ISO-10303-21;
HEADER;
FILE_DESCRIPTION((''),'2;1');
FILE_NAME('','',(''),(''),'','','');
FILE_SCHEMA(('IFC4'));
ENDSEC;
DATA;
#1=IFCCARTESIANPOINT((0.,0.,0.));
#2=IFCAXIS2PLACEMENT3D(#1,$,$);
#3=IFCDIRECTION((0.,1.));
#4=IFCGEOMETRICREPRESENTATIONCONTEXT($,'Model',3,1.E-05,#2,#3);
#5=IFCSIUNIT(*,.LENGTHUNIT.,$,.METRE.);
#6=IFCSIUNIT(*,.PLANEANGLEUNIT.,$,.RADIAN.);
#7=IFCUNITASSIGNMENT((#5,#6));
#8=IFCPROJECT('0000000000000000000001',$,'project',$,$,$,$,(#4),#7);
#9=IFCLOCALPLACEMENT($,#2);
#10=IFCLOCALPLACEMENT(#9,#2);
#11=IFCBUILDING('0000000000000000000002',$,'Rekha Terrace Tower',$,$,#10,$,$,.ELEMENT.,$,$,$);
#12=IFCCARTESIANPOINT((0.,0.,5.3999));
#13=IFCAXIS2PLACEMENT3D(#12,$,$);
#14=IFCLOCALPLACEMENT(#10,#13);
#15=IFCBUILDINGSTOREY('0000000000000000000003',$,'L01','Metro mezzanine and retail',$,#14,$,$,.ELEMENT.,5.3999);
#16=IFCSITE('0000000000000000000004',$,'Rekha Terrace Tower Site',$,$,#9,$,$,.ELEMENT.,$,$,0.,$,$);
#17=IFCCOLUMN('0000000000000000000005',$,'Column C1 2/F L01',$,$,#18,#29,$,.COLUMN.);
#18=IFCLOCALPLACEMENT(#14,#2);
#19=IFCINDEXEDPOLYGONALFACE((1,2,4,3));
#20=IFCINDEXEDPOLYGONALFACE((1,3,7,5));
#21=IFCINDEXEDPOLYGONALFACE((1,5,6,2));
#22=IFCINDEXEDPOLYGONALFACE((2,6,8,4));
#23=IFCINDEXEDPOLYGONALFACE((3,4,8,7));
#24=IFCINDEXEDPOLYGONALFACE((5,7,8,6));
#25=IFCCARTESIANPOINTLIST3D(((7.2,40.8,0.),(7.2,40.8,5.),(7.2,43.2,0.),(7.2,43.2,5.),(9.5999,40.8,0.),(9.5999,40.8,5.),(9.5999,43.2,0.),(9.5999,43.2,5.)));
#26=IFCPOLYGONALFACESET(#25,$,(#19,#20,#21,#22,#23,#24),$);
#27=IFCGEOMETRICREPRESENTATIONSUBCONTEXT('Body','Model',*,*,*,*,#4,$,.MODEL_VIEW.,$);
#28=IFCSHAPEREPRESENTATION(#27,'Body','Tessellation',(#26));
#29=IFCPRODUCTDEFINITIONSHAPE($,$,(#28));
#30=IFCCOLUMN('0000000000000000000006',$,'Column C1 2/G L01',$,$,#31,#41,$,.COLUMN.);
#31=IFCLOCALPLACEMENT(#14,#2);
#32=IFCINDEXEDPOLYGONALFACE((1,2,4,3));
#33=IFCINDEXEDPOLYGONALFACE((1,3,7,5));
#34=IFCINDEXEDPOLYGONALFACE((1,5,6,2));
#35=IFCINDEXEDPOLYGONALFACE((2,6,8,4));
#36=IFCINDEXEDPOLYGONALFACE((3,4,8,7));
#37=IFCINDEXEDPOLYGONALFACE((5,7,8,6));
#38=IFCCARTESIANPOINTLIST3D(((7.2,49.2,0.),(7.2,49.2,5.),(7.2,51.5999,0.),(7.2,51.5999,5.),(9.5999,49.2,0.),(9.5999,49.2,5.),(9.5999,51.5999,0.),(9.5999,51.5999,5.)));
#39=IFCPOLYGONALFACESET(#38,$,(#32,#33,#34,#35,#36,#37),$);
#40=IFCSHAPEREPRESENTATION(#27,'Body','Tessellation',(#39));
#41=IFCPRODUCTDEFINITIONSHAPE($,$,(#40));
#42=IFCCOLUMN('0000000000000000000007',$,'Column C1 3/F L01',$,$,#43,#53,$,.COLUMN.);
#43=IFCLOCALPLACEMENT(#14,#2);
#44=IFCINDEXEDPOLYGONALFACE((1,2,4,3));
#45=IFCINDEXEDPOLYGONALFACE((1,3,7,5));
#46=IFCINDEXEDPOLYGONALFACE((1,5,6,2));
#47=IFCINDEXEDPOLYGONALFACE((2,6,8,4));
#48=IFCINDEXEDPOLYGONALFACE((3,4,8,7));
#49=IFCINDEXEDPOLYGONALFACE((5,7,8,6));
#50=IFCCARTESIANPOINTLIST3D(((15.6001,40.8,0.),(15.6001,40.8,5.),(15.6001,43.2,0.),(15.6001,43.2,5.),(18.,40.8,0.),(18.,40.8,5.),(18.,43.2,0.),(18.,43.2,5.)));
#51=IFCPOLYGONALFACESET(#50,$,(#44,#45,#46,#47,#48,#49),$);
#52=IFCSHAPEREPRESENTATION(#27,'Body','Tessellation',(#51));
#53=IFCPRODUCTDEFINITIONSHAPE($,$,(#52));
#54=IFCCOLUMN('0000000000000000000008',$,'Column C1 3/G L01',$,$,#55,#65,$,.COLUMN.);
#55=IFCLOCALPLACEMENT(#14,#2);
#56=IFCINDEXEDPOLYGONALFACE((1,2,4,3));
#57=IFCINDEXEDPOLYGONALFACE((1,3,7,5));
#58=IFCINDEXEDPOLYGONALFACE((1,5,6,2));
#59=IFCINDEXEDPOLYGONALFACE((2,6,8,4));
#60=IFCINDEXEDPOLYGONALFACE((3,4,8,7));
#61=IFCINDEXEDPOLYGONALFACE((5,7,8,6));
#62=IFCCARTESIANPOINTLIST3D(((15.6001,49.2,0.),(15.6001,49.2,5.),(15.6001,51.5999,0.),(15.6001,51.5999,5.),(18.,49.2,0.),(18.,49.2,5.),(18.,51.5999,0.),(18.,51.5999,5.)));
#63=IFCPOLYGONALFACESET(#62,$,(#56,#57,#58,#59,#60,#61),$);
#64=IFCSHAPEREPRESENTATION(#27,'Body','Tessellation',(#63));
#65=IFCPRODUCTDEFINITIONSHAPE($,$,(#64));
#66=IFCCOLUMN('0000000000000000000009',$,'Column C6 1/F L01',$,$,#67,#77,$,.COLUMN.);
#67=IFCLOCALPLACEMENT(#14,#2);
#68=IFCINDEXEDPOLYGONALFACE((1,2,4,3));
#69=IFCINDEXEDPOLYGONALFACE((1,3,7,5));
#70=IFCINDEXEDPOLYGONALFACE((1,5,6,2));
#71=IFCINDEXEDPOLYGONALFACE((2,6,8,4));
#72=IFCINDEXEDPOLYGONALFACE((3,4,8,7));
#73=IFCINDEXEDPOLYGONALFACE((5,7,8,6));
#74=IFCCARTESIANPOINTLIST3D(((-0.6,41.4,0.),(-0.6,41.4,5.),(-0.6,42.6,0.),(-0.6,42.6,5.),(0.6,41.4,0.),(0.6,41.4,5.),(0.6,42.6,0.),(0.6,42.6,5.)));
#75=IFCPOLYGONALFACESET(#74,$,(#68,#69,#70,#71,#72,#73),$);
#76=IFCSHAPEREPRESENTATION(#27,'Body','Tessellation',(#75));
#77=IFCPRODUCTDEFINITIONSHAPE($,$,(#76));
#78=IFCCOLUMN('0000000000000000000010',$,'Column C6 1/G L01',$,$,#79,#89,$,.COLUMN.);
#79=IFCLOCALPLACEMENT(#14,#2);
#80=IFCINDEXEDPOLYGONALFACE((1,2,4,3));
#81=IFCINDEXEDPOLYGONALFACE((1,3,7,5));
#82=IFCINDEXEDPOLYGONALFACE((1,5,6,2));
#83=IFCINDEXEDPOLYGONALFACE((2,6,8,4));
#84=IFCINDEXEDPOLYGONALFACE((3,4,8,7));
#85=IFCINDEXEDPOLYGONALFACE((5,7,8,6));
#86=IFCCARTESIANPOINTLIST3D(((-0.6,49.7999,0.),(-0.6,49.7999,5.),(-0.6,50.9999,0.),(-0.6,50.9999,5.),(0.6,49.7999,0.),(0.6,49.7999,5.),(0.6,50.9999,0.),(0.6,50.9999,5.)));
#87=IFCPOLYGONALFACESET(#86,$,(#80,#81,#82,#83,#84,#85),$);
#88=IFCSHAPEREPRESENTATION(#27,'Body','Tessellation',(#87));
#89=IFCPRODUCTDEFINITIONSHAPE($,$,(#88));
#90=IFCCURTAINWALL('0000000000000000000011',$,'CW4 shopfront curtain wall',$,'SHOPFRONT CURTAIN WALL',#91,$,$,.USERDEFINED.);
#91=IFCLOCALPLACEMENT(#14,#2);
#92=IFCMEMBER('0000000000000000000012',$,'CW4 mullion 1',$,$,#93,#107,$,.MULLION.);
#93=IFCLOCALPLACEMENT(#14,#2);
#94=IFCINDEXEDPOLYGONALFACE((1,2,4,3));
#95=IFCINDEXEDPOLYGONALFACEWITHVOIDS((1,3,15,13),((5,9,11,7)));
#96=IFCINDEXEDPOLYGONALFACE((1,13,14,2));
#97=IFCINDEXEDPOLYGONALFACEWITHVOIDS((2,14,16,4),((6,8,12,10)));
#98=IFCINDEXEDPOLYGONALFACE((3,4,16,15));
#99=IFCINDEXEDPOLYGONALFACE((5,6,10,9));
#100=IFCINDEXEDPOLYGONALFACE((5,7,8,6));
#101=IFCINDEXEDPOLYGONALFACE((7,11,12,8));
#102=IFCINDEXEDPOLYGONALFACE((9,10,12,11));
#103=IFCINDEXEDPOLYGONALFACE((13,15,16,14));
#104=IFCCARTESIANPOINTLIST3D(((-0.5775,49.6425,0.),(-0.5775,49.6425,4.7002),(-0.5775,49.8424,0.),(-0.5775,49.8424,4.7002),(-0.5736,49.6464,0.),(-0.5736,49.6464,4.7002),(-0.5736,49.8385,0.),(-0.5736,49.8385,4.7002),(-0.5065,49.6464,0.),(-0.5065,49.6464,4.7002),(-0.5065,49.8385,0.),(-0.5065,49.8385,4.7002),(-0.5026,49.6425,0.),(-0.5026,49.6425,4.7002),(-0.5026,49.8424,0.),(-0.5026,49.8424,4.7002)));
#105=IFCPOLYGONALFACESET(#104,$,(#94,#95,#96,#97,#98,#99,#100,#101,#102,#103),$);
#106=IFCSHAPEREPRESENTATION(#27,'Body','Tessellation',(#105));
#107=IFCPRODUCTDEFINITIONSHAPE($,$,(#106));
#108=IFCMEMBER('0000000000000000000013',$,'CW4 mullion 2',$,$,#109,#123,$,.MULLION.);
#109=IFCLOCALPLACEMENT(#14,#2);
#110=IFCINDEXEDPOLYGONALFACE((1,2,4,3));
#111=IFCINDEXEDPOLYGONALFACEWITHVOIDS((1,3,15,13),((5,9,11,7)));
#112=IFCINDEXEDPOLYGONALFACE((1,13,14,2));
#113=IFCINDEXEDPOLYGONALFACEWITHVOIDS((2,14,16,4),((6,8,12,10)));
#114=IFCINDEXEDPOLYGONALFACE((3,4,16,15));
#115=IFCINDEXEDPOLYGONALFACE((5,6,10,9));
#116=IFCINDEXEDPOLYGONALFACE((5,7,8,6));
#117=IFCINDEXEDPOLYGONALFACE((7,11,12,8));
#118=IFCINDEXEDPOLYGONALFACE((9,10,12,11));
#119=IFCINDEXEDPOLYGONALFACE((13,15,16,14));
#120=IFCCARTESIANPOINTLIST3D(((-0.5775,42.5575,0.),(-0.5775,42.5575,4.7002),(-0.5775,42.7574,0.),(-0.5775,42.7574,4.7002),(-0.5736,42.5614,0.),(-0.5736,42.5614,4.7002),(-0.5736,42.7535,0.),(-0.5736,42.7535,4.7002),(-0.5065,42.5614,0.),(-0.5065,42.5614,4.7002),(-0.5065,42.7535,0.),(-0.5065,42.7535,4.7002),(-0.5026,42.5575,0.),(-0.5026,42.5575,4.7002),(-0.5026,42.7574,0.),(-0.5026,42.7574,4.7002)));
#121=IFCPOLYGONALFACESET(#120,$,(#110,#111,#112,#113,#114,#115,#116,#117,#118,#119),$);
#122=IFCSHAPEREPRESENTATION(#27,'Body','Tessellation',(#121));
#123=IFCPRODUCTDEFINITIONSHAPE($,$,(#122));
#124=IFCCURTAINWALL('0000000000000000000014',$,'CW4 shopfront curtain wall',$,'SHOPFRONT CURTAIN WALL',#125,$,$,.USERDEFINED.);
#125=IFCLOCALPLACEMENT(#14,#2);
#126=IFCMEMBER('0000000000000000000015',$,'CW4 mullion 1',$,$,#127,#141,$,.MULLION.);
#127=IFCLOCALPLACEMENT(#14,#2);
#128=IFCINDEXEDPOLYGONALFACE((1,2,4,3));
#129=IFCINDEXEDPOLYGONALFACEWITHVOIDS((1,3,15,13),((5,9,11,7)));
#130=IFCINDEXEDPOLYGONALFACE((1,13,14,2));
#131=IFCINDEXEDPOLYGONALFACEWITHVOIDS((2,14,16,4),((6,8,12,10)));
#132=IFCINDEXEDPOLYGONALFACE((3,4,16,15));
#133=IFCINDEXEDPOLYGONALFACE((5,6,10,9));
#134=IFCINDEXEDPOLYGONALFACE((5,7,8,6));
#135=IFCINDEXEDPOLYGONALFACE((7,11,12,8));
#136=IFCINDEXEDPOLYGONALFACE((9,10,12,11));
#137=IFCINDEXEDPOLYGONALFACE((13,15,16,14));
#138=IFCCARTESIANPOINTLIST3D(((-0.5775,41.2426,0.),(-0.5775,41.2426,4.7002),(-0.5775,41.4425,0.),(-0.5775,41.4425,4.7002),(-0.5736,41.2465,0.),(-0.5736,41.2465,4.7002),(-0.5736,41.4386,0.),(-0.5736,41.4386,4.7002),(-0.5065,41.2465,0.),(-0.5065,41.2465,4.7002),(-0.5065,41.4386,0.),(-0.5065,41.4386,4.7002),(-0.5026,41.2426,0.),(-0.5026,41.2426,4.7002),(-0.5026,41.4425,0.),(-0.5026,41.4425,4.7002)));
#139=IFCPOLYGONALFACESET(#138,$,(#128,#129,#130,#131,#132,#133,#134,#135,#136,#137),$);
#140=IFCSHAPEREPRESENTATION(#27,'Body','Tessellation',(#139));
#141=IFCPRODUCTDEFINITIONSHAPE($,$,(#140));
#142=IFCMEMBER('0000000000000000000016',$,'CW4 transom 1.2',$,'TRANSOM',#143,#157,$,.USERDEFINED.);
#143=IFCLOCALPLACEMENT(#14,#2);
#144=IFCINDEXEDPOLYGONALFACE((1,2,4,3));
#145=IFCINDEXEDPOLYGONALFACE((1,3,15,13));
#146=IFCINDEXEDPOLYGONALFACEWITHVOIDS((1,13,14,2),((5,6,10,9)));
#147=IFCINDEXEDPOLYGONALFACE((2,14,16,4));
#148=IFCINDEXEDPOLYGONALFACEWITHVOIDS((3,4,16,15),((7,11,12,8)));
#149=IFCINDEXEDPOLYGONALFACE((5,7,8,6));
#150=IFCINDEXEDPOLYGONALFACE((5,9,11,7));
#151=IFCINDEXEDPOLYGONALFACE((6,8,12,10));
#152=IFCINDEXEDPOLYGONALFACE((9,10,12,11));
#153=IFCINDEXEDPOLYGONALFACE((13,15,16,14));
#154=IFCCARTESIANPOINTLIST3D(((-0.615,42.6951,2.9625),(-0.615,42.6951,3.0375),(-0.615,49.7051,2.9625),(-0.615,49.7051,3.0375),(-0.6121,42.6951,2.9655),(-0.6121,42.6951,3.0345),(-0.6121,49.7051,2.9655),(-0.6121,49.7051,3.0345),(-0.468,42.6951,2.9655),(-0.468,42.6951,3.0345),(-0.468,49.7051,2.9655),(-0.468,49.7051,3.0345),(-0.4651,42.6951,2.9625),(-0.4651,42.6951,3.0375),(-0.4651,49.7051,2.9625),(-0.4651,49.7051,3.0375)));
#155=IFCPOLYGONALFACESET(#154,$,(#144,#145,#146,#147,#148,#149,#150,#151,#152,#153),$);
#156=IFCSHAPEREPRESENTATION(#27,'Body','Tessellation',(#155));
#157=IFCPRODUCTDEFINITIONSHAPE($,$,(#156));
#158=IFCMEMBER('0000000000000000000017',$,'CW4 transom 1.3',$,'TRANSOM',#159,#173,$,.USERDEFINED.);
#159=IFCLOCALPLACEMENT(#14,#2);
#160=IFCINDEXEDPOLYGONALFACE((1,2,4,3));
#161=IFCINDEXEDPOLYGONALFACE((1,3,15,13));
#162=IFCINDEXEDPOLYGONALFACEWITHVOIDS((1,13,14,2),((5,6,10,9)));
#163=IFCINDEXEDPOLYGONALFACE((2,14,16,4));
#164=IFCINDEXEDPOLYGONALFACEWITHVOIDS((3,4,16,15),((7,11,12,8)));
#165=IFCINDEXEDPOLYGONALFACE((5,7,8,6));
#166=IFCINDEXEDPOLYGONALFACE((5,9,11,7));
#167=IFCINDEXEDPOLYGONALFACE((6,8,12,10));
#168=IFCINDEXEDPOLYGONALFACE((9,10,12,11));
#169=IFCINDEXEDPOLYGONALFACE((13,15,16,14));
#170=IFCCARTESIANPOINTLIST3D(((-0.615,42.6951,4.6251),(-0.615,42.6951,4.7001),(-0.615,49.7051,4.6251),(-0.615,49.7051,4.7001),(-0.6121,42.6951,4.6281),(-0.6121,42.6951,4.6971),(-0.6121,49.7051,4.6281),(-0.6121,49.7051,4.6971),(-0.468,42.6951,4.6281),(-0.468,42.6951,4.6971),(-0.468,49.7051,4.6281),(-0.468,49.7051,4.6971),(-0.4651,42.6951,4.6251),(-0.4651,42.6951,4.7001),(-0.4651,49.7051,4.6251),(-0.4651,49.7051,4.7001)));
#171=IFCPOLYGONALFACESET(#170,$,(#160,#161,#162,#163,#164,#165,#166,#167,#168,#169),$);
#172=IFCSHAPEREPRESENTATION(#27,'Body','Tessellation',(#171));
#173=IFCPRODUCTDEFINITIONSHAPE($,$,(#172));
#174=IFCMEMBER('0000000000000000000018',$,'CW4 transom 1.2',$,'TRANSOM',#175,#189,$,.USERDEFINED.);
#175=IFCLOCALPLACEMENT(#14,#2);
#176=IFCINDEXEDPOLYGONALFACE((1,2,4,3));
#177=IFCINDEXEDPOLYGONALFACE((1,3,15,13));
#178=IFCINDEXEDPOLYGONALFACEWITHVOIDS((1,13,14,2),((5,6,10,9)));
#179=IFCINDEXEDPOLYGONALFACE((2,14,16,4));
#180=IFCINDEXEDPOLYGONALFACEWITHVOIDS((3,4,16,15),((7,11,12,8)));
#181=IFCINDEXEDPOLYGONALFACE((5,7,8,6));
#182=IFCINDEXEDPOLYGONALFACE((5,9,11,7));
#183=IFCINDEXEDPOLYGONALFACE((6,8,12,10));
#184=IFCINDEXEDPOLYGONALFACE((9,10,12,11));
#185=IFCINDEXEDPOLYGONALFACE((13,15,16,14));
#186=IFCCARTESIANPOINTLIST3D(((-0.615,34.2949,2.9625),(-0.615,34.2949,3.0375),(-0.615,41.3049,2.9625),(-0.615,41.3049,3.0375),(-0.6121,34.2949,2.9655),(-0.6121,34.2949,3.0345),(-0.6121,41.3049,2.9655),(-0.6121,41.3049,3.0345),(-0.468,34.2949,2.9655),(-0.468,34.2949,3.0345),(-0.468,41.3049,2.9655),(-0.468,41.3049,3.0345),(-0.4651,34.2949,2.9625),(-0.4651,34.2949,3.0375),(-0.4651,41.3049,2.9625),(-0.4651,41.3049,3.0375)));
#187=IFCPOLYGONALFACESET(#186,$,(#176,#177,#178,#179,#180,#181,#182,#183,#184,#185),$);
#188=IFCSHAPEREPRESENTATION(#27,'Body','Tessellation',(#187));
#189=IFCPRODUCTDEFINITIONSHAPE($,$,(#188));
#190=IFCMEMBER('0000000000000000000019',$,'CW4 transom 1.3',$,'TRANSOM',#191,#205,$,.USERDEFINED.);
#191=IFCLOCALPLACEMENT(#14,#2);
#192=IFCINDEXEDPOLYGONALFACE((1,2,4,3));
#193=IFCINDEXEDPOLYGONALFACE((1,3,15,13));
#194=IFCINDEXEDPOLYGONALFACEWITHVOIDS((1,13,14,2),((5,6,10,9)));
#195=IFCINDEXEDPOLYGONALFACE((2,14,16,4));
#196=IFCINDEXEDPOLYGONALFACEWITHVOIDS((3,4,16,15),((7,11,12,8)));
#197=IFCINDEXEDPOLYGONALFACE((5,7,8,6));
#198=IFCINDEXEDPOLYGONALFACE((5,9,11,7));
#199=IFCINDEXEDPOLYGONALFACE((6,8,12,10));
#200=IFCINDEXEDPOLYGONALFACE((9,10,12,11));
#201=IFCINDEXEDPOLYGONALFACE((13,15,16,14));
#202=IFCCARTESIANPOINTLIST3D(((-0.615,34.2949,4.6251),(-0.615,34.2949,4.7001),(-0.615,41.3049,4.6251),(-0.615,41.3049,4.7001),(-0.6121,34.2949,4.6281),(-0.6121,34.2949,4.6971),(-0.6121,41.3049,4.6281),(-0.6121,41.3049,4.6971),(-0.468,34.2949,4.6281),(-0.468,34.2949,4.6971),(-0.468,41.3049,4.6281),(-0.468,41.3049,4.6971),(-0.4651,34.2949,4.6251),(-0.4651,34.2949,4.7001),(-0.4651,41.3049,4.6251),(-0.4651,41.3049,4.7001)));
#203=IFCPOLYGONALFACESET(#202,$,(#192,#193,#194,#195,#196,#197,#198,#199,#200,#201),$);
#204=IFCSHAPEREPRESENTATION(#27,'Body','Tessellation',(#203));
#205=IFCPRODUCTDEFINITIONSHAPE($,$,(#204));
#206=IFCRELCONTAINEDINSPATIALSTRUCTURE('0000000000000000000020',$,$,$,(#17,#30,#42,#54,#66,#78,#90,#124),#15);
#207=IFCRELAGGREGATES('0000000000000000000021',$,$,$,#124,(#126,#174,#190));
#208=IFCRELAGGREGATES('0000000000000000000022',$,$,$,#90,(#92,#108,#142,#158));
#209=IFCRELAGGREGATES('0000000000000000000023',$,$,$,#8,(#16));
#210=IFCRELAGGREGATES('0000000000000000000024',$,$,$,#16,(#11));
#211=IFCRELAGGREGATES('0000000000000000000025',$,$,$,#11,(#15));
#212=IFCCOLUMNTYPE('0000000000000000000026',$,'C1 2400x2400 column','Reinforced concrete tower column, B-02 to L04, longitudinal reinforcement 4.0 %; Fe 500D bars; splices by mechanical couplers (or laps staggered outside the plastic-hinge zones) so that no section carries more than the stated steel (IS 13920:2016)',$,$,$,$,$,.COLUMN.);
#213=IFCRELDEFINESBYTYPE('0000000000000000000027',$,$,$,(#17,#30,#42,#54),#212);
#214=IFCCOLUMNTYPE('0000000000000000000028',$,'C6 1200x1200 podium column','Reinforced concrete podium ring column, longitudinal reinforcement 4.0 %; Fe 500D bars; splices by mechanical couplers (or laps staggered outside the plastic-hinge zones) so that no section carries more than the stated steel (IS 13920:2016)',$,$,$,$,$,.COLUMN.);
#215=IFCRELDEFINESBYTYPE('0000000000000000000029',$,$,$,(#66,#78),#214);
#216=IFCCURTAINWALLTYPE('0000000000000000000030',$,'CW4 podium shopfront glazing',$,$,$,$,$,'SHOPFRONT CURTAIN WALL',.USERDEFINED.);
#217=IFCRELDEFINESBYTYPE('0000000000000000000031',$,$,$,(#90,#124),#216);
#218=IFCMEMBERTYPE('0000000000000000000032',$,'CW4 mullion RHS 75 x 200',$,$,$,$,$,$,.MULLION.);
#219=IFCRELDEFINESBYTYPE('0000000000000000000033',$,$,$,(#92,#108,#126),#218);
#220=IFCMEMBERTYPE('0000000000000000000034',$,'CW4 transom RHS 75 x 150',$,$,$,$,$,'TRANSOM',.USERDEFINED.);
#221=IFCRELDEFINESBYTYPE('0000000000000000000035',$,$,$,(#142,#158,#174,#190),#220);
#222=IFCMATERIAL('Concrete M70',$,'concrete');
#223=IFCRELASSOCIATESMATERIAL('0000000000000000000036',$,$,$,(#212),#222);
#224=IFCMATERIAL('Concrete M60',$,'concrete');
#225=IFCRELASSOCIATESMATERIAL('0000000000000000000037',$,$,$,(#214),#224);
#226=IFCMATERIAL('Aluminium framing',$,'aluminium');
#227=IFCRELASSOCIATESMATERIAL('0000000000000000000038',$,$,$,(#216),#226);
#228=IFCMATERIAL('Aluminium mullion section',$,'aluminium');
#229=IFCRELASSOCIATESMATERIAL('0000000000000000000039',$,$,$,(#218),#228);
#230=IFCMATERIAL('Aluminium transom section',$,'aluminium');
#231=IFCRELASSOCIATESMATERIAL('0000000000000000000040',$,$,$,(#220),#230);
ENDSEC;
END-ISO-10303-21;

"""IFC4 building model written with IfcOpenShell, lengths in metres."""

from ifc_helpers import new_model, si_unit, direction, frame, origin, origin_2d, place, context, subcontext, project, spatial, rectangle, hollow_rectangle, extrude, material, material_profile, profile_set, type_object, element, aggregate, save


model = new_model("IFC4")

# Units and contexts
model_context = context("Model", 3, precision=1e-05, world=origin(), true_north=direction((0.0, 1.0)))
body_context = subcontext(model_context, "Body", "Model", "MODEL_VIEW")
ifc_project = project(units=[si_unit("LENGTHUNIT", "METRE"), si_unit("PLANEANGLEUNIT", "RADIAN")], contexts=[model_context])

# Site, building, storey
site_placement = place(None, origin())
site = spatial("IfcSite", under=ifc_project, at=site_placement, Name="Rekha Terrace Tower Site", CompositionType="ELEMENT", RefElevation=0.0)
building_placement = place(site_placement, origin())
building = spatial("IfcBuilding", under=site, at=building_placement, Name="Rekha Terrace Tower", CompositionType="ELEMENT")
storey_placement = place(building_placement, frame((0.0, 0.0, 5.3999)))
storey = spatial("IfcBuildingStorey", under=building, at=storey_placement, Name="L01", Description="Metro mezzanine and retail", CompositionType="ELEMENT", Elevation=5.3999)

# Columns
ifc_material_1 = material(Name="Concrete M70", Category="concrete")
ifc_material_profile_1 = material_profile(ifc_material_1, rectangle(XDim=2.3999, YDim=2.3999, at=origin_2d()), Name="RC 2400x2400")
ifc_profile_set_1 = profile_set([ifc_material_profile_1], Name="Concrete M70")
column_type_1 = type_object("IfcColumnType", Name="C1 2400x2400 column", Description="Reinforced concrete tower column, B-02 to L04, longitudinal reinforcement 4.0 %; Fe 500D bars; splices by mechanical couplers (or laps staggered outside the plastic-hinge zones) so that no section carries more than the stated steel (IS 13920:2016)", PredefinedType="COLUMN", material=ifc_profile_set_1)
for number, where, z_axis, x_axis, name in (
    (1, (8.3999, 42.0, 0.0), (0.0, 0.0, 1.0), (1.0, 0.0, 0.0), "Column C1 2/F L01"),
    (2, (8.3999, 50.3999, 0.0), (0.0, 0.0, 1.0), (1.0, 0.0, 0.0), "Column C1 2/G L01"),
    (3, (16.8, 42.0, 0.0), (0.0, 0.0, 1.0), (1.0, 0.0, 0.0), "Column C1 3/F L01"),
    (4, (16.8, 50.3999, 0.0), (0.0, 0.0, 1.0), (1.0, 0.0, 0.0), "Column C1 3/G L01"),
):
    element("IfcColumn", number, at=place(storey_placement, frame(where, z_axis=z_axis, x_axis=x_axis)), inside=storey, type_object=column_type_1, Name=name, PredefinedType="COLUMN", context=body_context, shape_type="SweptSolid", body=[
        extrude(rectangle(XDim=2.3999, YDim=2.3999, at=origin_2d()), origin(), (0.0, 0.0, 1.0), 5.0),
    ])
ifc_material_2 = material(Name="Concrete M60", Category="concrete")
ifc_material_profile_2 = material_profile(ifc_material_2, rectangle(XDim=1.2, YDim=1.2, at=origin_2d()), Name="RC 1200x1200")
ifc_profile_set_2 = profile_set([ifc_material_profile_2], Name="Concrete M60")
column_type_2 = type_object("IfcColumnType", Name="C6 1200x1200 podium column", Description="Reinforced concrete podium ring column, longitudinal reinforcement 4.0 %; Fe 500D bars; splices by mechanical couplers (or laps staggered outside the plastic-hinge zones) so that no section carries more than the stated steel (IS 13920:2016)", PredefinedType="COLUMN", material=ifc_profile_set_2)
for number, where, z_axis, x_axis, name in (
    (5, (0.0, 42.0, 0.0), (0.0, 0.0, 1.0), (1.0, 0.0, 0.0), "Column C6 1/F L01"),
    (6, (0.0, 50.3999, 0.0), (0.0, 0.0, 1.0), (1.0, 0.0, 0.0), "Column C6 1/G L01"),
):
    element("IfcColumn", number, at=place(storey_placement, frame(where, z_axis=z_axis, x_axis=x_axis)), inside=storey, type_object=column_type_2, Name=name, PredefinedType="COLUMN", context=body_context, shape_type="SweptSolid", body=[
        extrude(rectangle(XDim=1.2, YDim=1.2, at=origin_2d()), origin(), (0.0, 0.0, 1.0), 5.0),
    ])

# Curtain wall, members
ifc_material_3 = material(Name="Aluminium framing", Category="aluminium")
curtain_wall_type = type_object("IfcCurtainWallType", Name="CW4 podium shopfront glazing", ElementType="SHOPFRONT CURTAIN WALL", PredefinedType="USERDEFINED", material=ifc_material_3)
curtain_wall_1_placement = place(storey_placement, origin())
curtain_wall_1 = element("IfcCurtainWall", 7, at=curtain_wall_1_placement, inside=storey, type_object=curtain_wall_type, Name="CW4 shopfront curtain wall", ObjectType="SHOPFRONT CURTAIN WALL", PredefinedType="USERDEFINED")
ifc_material_4 = material(Name="Aluminium mullion section", Category="aluminium")
ifc_material_profile_3 = material_profile(ifc_material_4, hollow_rectangle(XDim=0.075, YDim=0.2, WallThickness=0.0039, at=origin_2d()), Name="AL RHS 75x200")
ifc_profile_set_3 = profile_set([ifc_material_profile_3], Name="Aluminium mullion section")
member_type_1 = type_object("IfcMemberType", Name="CW4 mullion RHS 75 x 200", PredefinedType="MULLION", material=ifc_profile_set_3)
member_1_placement = place(storey_placement, frame((-0.54, 49.7424, 0.0), z_axis=(0.0, 0.0, 1.0), x_axis=(1.0, 0.0, 0.0)))
member_1 = element("IfcMember", 8, at=member_1_placement, type_object=member_type_1, Name="CW4 mullion 1", PredefinedType="MULLION", context=body_context, shape_type="SweptSolid", body=[
    extrude(hollow_rectangle(XDim=0.075, YDim=0.2, WallThickness=0.0039, at=origin_2d()), origin(), (0.0, 0.0, 1.0), 4.7002),
])
member_2_placement = place(storey_placement, frame((-0.54, 42.6575, 0.0), z_axis=(0.0, 0.0, 1.0), x_axis=(1.0, 0.0, 0.0)))
member_2 = element("IfcMember", 9, at=member_2_placement, type_object=member_type_1, Name="CW4 mullion 2", PredefinedType="MULLION", context=body_context, shape_type="SweptSolid", body=[
    extrude(hollow_rectangle(XDim=0.075, YDim=0.2, WallThickness=0.0039, at=origin_2d()), origin(), (0.0, 0.0, 1.0), 4.7002),
])

# Curtain wall, member
curtain_wall_2_placement = place(storey_placement, origin())
curtain_wall_2 = element("IfcCurtainWall", 10, at=curtain_wall_2_placement, inside=storey, type_object=curtain_wall_type, Name="CW4 shopfront curtain wall", ObjectType="SHOPFRONT CURTAIN WALL", PredefinedType="USERDEFINED")
member_3_placement = place(storey_placement, frame((-0.54, 41.3425, 0.0), z_axis=(0.0, 0.0, 1.0), x_axis=(1.0, 0.0, 0.0)))
member_3 = element("IfcMember", 11, at=member_3_placement, type_object=member_type_1, Name="CW4 mullion 1", PredefinedType="MULLION", context=body_context, shape_type="SweptSolid", body=[
    extrude(hollow_rectangle(XDim=0.075, YDim=0.2, WallThickness=0.0039, at=origin_2d()), origin(), (0.0, 0.0, 1.0), 4.7002),
])

# Members
ifc_material_5 = material(Name="Aluminium transom section", Category="aluminium")
ifc_material_profile_4 = material_profile(ifc_material_5, hollow_rectangle(XDim=0.1499, YDim=0.075, WallThickness=0.0029, at=origin_2d()), Name="AL RHS 150x75")
ifc_profile_set_4 = profile_set([ifc_material_profile_4], Name="Aluminium transom section")
member_type_2 = type_object("IfcMemberType", Name="CW4 transom RHS 75 x 150", ElementType="TRANSOM", PredefinedType="USERDEFINED", material=ifc_profile_set_4)
member_4_placement = place(storey_placement, frame((-0.54, 49.7051, 3.0), z_axis=(0.0, -1.0, 0.0), x_axis=(1.0, 0.0, 0.0)))
member_4 = element("IfcMember", 12, at=member_4_placement, type_object=member_type_2, Name="CW4 transom 1.2", ObjectType="TRANSOM", PredefinedType="USERDEFINED", context=body_context, shape_type="SweptSolid", body=[
    extrude(hollow_rectangle(XDim=0.1499, YDim=0.075, WallThickness=0.0029, at=origin_2d()), origin(), (0.0, 0.0, 1.0), 7.01),
])
member_5_placement = place(storey_placement, frame((-0.54, 49.7051, 4.6626), z_axis=(0.0, -1.0, 0.0), x_axis=(1.0, 0.0, 0.0)))
member_5 = element("IfcMember", 13, at=member_5_placement, type_object=member_type_2, Name="CW4 transom 1.3", ObjectType="TRANSOM", PredefinedType="USERDEFINED", context=body_context, shape_type="SweptSolid", body=[
    extrude(hollow_rectangle(XDim=0.1499, YDim=0.075, WallThickness=0.0029, at=origin_2d()), origin(), (0.0, 0.0, 1.0), 7.01),
])
member_6_placement = place(storey_placement, frame((-0.54, 41.3049, 3.0), z_axis=(0.0, -1.0, 0.0), x_axis=(1.0, 0.0, 0.0)))
member_6 = element("IfcMember", 14, at=member_6_placement, type_object=member_type_2, Name="CW4 transom 1.2", ObjectType="TRANSOM", PredefinedType="USERDEFINED", context=body_context, shape_type="SweptSolid", body=[
    extrude(hollow_rectangle(XDim=0.1499, YDim=0.075, WallThickness=0.0029, at=origin_2d()), origin(), (0.0, 0.0, 1.0), 7.01),
])
member_7_placement = place(storey_placement, frame((-0.54, 41.3049, 4.6626), z_axis=(0.0, -1.0, 0.0), x_axis=(1.0, 0.0, 0.0)))
member_7 = element("IfcMember", 15, at=member_7_placement, type_object=member_type_2, Name="CW4 transom 1.3", ObjectType="TRANSOM", PredefinedType="USERDEFINED", context=body_context, shape_type="SweptSolid", body=[
    extrude(hollow_rectangle(XDim=0.1499, YDim=0.075, WallThickness=0.0029, at=origin_2d()), origin(), (0.0, 0.0, 1.0), 7.01),
])
aggregate(curtain_wall_2, [member_3, member_6, member_7])

aggregate(curtain_wall_1, [member_1, member_2, member_4, member_5])

save(model, "model.ifc")
